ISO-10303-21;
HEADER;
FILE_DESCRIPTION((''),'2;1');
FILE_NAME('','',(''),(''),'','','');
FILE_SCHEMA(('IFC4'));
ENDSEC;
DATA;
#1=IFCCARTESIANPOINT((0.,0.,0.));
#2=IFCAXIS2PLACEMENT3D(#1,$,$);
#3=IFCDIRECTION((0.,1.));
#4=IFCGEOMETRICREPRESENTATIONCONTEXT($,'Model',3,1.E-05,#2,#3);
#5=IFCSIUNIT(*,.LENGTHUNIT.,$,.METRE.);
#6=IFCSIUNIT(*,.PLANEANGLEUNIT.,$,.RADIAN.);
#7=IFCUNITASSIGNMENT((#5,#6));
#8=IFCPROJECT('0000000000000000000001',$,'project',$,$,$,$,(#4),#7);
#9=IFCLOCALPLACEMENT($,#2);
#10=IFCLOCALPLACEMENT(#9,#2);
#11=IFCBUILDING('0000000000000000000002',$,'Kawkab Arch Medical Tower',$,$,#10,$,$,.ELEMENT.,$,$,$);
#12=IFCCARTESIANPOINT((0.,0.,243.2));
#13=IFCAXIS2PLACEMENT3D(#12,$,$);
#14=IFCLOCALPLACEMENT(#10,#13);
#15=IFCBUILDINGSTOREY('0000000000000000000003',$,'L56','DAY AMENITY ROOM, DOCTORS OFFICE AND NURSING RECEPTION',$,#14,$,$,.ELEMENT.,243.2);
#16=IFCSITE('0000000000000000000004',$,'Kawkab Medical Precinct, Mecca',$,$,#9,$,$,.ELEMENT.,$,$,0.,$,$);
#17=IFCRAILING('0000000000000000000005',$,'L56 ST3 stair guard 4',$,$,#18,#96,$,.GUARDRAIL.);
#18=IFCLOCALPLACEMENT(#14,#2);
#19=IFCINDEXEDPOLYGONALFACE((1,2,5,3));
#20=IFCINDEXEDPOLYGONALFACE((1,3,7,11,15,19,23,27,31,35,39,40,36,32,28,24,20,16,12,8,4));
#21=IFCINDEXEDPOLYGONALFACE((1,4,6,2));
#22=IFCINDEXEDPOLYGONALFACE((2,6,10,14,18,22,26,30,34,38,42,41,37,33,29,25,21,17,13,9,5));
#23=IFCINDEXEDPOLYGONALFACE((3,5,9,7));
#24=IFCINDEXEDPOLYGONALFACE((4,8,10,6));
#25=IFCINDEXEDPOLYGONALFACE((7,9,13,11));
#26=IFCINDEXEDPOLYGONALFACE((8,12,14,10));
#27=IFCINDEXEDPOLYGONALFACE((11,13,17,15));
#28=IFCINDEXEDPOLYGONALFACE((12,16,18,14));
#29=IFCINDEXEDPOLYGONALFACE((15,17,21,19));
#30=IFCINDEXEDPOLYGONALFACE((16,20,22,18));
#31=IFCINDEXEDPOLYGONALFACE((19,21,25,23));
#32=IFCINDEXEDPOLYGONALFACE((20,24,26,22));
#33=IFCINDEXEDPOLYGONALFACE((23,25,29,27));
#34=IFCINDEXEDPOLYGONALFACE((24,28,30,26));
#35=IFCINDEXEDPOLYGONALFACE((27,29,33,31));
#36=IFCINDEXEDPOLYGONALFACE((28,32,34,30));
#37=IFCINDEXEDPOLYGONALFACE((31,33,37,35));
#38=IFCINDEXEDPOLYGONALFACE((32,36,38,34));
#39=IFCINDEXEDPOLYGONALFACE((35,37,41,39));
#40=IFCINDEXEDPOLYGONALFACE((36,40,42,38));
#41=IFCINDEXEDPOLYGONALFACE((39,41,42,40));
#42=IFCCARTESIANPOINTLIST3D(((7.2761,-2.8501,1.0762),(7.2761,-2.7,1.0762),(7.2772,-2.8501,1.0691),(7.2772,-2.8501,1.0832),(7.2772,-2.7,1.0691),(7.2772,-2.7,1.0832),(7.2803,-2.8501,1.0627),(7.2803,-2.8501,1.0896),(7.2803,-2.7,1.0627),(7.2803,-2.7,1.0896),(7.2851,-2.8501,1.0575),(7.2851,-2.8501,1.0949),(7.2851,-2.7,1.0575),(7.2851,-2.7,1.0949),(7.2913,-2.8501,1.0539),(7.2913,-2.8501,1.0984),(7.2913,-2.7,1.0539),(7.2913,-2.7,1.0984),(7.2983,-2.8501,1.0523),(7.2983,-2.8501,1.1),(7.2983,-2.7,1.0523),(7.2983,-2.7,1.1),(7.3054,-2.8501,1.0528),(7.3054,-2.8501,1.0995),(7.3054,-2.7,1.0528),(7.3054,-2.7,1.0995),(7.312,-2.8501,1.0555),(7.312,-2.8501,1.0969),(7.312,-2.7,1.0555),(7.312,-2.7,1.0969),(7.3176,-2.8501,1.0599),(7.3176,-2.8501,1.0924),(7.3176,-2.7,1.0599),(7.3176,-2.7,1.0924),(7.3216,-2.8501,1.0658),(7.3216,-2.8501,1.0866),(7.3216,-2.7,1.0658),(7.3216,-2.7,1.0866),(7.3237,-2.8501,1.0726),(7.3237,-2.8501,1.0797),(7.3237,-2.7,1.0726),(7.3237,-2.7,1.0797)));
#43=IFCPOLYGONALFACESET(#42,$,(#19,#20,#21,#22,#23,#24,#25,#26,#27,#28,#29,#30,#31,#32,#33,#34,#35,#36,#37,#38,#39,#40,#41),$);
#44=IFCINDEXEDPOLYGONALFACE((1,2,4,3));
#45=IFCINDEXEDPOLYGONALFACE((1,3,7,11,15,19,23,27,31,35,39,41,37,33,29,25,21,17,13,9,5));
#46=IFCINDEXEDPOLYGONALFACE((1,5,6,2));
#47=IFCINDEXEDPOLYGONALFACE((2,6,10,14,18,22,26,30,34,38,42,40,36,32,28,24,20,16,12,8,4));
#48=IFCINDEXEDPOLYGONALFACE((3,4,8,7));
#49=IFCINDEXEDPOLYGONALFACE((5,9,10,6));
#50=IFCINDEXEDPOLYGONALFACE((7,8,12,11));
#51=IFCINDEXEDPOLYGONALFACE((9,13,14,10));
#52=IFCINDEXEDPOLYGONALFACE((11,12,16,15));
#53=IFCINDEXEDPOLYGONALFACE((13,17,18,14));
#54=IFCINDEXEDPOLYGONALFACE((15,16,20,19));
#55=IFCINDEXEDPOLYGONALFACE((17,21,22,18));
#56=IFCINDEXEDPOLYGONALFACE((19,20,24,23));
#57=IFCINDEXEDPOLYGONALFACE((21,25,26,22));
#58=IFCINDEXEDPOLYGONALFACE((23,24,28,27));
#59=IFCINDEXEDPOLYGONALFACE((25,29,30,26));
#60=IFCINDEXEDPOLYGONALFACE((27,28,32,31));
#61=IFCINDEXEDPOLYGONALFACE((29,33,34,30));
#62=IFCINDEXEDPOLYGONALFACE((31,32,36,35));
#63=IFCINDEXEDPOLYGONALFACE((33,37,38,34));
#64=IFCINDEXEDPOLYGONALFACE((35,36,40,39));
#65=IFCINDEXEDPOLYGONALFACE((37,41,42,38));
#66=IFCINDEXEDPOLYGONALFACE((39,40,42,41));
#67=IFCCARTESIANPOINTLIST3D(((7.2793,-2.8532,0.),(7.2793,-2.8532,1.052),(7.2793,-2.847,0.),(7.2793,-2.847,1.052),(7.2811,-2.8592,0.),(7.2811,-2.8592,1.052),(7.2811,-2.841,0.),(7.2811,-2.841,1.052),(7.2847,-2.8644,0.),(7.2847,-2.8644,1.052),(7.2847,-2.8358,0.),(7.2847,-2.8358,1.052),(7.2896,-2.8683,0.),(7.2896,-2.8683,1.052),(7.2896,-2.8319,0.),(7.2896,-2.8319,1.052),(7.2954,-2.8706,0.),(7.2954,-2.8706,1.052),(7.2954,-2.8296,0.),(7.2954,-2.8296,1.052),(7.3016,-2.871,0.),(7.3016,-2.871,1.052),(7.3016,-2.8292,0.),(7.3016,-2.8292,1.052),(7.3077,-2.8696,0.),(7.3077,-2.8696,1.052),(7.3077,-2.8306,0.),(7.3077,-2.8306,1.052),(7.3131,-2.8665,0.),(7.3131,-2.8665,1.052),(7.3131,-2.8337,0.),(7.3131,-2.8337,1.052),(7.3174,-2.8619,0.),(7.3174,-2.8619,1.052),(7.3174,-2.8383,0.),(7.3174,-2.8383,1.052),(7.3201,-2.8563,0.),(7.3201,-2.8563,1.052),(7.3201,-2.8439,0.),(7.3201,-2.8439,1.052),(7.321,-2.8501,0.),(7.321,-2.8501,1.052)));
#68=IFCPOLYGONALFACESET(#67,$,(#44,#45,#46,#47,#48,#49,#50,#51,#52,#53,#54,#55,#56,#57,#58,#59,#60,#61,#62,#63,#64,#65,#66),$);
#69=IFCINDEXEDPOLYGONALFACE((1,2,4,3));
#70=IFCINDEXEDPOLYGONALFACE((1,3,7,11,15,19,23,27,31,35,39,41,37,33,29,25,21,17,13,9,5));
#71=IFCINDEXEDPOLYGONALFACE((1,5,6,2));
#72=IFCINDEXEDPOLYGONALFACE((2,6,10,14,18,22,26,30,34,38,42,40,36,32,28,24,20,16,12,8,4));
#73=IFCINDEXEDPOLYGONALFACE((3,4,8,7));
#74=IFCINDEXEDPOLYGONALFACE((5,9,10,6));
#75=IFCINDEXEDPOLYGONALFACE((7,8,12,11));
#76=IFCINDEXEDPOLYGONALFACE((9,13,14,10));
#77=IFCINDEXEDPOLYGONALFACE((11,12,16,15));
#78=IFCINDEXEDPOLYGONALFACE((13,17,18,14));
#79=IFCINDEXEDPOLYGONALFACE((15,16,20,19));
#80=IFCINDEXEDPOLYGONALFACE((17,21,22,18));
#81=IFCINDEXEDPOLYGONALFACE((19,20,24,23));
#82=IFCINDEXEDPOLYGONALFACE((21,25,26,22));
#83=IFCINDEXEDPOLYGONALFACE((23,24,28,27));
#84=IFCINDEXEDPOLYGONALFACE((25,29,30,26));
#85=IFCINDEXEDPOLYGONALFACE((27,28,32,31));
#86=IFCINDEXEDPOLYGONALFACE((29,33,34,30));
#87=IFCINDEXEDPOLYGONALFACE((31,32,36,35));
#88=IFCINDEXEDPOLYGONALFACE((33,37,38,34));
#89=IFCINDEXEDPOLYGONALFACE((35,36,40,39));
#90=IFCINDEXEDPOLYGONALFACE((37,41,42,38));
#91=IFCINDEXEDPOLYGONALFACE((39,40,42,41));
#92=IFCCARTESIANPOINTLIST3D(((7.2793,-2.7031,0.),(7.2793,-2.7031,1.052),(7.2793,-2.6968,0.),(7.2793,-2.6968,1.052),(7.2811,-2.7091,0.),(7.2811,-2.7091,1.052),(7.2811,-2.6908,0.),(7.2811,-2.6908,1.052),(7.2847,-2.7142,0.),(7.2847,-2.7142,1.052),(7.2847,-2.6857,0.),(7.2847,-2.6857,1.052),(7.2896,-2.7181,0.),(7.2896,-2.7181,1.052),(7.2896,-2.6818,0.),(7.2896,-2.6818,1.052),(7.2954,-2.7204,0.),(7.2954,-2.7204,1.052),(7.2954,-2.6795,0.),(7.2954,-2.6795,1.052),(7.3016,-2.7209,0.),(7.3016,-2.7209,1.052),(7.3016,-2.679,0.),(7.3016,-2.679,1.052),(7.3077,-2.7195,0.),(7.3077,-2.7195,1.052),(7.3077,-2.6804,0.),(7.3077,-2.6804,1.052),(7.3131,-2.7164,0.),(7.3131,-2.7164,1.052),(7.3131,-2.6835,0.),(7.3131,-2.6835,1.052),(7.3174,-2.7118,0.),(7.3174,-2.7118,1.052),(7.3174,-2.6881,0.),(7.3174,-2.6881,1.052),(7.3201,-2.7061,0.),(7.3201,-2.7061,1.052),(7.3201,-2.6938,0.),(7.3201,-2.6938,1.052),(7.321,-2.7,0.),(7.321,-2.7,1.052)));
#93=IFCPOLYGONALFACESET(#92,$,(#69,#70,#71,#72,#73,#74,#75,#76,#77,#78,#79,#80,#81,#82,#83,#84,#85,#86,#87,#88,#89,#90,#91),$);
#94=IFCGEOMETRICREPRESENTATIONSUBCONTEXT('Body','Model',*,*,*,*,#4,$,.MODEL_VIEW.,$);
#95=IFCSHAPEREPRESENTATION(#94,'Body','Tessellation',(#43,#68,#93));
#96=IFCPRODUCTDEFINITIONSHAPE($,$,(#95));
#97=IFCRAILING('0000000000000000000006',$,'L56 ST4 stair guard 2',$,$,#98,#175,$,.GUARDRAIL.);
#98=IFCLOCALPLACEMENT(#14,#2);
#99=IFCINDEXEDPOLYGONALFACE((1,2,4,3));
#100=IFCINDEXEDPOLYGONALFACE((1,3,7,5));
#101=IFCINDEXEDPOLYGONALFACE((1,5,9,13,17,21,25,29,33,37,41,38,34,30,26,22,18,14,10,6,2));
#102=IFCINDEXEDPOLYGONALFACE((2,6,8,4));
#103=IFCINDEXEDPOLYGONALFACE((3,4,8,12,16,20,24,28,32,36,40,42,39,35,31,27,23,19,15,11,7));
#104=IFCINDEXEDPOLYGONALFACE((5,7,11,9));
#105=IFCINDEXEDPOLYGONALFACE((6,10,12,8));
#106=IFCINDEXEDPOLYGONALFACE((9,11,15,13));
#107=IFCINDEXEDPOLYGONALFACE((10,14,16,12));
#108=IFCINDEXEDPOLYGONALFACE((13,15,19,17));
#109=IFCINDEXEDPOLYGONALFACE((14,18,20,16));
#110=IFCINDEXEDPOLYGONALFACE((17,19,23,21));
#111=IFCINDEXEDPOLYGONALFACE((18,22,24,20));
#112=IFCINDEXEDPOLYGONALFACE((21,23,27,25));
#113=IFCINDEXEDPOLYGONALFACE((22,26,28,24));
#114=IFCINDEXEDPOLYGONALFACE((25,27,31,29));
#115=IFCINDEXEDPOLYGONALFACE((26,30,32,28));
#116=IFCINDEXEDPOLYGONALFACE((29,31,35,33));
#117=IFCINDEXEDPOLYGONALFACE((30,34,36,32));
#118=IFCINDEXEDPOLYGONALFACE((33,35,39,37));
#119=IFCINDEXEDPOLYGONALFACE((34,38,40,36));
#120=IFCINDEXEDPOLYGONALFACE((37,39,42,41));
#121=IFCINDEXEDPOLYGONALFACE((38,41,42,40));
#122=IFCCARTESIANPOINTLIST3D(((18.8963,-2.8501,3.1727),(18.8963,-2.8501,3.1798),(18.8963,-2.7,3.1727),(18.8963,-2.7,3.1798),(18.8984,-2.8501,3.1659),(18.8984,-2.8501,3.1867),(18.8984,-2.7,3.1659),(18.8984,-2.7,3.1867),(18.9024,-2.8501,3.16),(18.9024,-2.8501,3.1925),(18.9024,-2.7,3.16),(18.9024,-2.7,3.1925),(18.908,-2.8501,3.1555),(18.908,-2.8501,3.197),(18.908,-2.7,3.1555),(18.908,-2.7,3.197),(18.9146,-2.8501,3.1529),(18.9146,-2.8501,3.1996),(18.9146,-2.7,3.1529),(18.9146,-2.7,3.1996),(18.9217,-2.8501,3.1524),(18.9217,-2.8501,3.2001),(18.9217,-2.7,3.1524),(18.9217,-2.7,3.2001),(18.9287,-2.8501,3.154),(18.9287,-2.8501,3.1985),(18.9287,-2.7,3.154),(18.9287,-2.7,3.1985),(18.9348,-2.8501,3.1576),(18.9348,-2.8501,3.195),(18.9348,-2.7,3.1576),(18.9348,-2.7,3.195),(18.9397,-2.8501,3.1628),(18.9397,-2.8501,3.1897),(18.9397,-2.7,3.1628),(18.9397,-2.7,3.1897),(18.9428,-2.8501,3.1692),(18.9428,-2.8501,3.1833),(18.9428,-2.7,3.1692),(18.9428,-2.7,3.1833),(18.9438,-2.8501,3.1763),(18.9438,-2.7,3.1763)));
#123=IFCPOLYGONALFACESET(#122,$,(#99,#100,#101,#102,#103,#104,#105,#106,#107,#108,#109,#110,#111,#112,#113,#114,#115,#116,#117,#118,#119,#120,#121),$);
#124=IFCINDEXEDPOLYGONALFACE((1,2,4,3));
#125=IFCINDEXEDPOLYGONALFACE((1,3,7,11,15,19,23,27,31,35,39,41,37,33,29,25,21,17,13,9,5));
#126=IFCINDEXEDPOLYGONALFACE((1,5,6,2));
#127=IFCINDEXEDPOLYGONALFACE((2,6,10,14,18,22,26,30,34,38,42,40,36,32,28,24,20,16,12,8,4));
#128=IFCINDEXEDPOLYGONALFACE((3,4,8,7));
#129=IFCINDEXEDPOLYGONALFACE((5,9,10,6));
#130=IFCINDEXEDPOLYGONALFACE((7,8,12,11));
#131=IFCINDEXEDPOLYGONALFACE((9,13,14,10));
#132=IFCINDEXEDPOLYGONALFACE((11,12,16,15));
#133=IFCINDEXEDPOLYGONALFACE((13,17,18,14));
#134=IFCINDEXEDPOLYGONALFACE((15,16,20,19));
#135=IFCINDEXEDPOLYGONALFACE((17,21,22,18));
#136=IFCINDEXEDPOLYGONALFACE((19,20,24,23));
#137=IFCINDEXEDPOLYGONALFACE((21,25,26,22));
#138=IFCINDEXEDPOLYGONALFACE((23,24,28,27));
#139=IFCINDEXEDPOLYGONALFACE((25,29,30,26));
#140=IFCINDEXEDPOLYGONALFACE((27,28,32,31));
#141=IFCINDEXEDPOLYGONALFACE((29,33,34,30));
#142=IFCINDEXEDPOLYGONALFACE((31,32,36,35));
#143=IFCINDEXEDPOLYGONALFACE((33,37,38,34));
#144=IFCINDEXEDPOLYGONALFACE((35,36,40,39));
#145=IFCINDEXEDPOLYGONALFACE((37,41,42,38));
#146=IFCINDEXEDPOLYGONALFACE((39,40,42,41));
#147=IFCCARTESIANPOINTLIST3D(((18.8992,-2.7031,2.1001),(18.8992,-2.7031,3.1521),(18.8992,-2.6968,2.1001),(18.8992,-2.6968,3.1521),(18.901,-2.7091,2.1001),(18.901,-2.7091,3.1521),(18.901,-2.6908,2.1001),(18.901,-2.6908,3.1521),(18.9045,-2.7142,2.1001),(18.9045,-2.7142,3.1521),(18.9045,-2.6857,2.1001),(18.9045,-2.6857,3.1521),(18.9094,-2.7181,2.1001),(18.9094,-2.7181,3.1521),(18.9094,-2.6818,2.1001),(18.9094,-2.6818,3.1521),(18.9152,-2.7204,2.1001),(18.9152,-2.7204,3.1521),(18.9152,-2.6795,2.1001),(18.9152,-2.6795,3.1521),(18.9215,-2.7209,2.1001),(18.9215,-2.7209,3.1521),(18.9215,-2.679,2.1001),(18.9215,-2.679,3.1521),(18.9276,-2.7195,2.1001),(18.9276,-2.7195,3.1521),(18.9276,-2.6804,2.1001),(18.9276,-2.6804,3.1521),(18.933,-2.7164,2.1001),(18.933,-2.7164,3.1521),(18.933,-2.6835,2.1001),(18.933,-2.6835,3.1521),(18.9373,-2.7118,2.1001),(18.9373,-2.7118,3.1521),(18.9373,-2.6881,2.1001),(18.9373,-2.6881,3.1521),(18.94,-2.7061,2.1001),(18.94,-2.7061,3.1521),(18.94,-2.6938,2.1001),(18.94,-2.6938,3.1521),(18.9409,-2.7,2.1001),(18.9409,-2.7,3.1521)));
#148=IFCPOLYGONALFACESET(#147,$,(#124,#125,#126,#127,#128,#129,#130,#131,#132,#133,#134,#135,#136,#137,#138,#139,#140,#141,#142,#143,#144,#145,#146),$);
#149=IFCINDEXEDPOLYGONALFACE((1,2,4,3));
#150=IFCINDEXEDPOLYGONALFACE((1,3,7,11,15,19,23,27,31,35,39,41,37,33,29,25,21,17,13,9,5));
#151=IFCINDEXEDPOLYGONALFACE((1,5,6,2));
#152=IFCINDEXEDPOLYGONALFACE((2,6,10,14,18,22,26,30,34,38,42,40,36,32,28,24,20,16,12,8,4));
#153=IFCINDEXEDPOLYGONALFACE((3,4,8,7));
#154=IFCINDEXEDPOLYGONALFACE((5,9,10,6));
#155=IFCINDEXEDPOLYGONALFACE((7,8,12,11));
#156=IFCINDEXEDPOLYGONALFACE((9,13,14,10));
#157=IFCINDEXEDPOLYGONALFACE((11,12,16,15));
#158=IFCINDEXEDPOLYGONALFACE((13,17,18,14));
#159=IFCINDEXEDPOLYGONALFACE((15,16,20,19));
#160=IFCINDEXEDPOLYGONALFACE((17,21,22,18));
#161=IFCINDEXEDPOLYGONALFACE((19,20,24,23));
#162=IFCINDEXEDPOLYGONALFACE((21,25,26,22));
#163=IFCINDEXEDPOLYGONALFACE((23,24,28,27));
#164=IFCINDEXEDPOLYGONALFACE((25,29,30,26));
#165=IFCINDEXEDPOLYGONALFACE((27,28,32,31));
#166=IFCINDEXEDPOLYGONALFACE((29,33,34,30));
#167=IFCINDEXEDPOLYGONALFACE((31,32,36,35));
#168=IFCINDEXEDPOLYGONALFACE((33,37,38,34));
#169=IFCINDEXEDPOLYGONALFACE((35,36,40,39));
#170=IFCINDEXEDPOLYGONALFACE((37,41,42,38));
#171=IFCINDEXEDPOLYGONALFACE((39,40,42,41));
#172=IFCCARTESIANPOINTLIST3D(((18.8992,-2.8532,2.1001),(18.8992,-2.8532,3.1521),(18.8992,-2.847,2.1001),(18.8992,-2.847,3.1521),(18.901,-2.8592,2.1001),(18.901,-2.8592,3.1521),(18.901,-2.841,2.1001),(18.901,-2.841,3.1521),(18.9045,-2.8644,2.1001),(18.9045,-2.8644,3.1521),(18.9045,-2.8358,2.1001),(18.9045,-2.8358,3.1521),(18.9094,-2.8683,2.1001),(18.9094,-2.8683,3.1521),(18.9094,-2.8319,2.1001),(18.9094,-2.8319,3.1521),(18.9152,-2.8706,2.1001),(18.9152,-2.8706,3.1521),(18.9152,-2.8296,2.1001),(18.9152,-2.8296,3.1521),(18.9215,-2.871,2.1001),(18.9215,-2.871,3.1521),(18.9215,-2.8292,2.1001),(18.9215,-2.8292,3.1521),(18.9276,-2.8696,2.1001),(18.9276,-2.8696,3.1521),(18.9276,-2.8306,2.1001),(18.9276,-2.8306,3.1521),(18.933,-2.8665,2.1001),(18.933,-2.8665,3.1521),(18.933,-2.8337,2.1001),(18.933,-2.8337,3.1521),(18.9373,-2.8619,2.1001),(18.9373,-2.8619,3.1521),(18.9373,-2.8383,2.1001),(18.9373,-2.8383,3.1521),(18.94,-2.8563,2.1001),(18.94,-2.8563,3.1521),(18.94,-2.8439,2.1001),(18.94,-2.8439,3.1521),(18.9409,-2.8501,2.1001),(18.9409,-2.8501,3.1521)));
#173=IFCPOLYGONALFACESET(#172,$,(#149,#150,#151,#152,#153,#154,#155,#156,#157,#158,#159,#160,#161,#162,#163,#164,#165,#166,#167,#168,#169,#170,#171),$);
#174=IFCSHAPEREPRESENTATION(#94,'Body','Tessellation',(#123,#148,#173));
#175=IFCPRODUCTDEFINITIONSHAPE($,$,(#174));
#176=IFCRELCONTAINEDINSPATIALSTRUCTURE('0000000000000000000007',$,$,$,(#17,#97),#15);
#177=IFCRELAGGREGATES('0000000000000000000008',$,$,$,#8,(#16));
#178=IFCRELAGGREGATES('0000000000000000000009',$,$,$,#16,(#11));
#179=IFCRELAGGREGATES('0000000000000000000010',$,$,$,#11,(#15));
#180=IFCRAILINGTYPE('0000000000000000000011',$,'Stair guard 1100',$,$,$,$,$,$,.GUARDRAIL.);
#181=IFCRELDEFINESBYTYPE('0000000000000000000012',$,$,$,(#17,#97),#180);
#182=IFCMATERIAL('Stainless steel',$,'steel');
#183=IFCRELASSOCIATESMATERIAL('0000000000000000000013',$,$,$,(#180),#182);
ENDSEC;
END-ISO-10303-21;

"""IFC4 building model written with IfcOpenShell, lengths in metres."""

from ifc_helpers import new_model, si_unit, direction, frame, origin, origin_2d, place, context, subcontext, project, spatial, circle, extrude, material, type_object, element, save


model = new_model("IFC4")

# Units and contexts
model_context = context("Model", 3, precision=1e-05, world=origin(), true_north=direction((0.0, 1.0)))
body_context = subcontext(model_context, "Body", "Model", "MODEL_VIEW")
ifc_project = project(units=[si_unit("LENGTHUNIT", "METRE"), si_unit("PLANEANGLEUNIT", "RADIAN")], contexts=[model_context])

# Site, building, storey
site_placement = place(None, origin())
site = spatial("IfcSite", under=ifc_project, at=site_placement, Name="Kawkab Medical Precinct, Mecca", CompositionType="ELEMENT", RefElevation=0.0)
building_placement = place(site_placement, origin())
building = spatial("IfcBuilding", under=site, at=building_placement, Name="Kawkab Arch Medical Tower", CompositionType="ELEMENT")
storey_placement = place(building_placement, frame((0.0, 0.0, 243.2)))
storey = spatial("IfcBuildingStorey", under=building, at=storey_placement, Name="L56", Description="DAY AMENITY ROOM, DOCTORS OFFICE AND NURSING RECEPTION", CompositionType="ELEMENT", Elevation=243.2)

# Railings
ifc_material_1 = material(Name="Stainless steel", Category="steel")
railing_type_1 = type_object("IfcRailingType", Name="Stair guard 1100", PredefinedType="GUARDRAIL", material=ifc_material_1)
railing_1_placement = place(storey_placement, frame((7.3, -2.8501, 0.0)))
element("IfcRailing", 1, at=railing_1_placement, inside=storey, type_object=railing_type_1, Name="L56 ST3 stair guard 4", PredefinedType="GUARDRAIL", context=body_context, shape_type="SweptSolid", body=[
    extrude(circle(Radius=0.0239, at=origin_2d()), frame((0.0, 0.0, 1.0762), z_axis=(0.0, 1.0, 0.0), x_axis=(-1.0, 0.0, 0.0)), (0.0, 0.0, 1.0), 0.1501),
    extrude(circle(Radius=0.021, at=origin_2d()), origin(), (0.0, 0.0, 1.0), 1.052),
    extrude(circle(Radius=0.021, at=origin_2d()), frame((0.0, 0.1501, 0.0)), (0.0, 0.0, 1.0), 1.052),
])
railing_2_placement = place(storey_placement, frame((18.9199, -2.7, 2.1001)))
element("IfcRailing", 2, at=railing_2_placement, inside=storey, type_object=railing_type_1, Name="L56 ST4 stair guard 2", PredefinedType="GUARDRAIL", context=body_context, shape_type="SweptSolid", body=[
    extrude(circle(Radius=0.0239, at=origin_2d()), frame((0.0, 0.0, 1.0762), z_axis=(0.0, -1.0, 0.0), x_axis=(1.0, 0.0, 0.0)), (0.0, 0.0, 1.0), 0.1501),
    extrude(circle(Radius=0.021, at=origin_2d()), origin(), (0.0, 0.0, 1.0), 1.052),
    extrude(circle(Radius=0.021, at=origin_2d()), frame((0.0, -0.1501, 0.0)), (0.0, 0.0, 1.0), 1.052),
])

save(model, "model.ifc")
